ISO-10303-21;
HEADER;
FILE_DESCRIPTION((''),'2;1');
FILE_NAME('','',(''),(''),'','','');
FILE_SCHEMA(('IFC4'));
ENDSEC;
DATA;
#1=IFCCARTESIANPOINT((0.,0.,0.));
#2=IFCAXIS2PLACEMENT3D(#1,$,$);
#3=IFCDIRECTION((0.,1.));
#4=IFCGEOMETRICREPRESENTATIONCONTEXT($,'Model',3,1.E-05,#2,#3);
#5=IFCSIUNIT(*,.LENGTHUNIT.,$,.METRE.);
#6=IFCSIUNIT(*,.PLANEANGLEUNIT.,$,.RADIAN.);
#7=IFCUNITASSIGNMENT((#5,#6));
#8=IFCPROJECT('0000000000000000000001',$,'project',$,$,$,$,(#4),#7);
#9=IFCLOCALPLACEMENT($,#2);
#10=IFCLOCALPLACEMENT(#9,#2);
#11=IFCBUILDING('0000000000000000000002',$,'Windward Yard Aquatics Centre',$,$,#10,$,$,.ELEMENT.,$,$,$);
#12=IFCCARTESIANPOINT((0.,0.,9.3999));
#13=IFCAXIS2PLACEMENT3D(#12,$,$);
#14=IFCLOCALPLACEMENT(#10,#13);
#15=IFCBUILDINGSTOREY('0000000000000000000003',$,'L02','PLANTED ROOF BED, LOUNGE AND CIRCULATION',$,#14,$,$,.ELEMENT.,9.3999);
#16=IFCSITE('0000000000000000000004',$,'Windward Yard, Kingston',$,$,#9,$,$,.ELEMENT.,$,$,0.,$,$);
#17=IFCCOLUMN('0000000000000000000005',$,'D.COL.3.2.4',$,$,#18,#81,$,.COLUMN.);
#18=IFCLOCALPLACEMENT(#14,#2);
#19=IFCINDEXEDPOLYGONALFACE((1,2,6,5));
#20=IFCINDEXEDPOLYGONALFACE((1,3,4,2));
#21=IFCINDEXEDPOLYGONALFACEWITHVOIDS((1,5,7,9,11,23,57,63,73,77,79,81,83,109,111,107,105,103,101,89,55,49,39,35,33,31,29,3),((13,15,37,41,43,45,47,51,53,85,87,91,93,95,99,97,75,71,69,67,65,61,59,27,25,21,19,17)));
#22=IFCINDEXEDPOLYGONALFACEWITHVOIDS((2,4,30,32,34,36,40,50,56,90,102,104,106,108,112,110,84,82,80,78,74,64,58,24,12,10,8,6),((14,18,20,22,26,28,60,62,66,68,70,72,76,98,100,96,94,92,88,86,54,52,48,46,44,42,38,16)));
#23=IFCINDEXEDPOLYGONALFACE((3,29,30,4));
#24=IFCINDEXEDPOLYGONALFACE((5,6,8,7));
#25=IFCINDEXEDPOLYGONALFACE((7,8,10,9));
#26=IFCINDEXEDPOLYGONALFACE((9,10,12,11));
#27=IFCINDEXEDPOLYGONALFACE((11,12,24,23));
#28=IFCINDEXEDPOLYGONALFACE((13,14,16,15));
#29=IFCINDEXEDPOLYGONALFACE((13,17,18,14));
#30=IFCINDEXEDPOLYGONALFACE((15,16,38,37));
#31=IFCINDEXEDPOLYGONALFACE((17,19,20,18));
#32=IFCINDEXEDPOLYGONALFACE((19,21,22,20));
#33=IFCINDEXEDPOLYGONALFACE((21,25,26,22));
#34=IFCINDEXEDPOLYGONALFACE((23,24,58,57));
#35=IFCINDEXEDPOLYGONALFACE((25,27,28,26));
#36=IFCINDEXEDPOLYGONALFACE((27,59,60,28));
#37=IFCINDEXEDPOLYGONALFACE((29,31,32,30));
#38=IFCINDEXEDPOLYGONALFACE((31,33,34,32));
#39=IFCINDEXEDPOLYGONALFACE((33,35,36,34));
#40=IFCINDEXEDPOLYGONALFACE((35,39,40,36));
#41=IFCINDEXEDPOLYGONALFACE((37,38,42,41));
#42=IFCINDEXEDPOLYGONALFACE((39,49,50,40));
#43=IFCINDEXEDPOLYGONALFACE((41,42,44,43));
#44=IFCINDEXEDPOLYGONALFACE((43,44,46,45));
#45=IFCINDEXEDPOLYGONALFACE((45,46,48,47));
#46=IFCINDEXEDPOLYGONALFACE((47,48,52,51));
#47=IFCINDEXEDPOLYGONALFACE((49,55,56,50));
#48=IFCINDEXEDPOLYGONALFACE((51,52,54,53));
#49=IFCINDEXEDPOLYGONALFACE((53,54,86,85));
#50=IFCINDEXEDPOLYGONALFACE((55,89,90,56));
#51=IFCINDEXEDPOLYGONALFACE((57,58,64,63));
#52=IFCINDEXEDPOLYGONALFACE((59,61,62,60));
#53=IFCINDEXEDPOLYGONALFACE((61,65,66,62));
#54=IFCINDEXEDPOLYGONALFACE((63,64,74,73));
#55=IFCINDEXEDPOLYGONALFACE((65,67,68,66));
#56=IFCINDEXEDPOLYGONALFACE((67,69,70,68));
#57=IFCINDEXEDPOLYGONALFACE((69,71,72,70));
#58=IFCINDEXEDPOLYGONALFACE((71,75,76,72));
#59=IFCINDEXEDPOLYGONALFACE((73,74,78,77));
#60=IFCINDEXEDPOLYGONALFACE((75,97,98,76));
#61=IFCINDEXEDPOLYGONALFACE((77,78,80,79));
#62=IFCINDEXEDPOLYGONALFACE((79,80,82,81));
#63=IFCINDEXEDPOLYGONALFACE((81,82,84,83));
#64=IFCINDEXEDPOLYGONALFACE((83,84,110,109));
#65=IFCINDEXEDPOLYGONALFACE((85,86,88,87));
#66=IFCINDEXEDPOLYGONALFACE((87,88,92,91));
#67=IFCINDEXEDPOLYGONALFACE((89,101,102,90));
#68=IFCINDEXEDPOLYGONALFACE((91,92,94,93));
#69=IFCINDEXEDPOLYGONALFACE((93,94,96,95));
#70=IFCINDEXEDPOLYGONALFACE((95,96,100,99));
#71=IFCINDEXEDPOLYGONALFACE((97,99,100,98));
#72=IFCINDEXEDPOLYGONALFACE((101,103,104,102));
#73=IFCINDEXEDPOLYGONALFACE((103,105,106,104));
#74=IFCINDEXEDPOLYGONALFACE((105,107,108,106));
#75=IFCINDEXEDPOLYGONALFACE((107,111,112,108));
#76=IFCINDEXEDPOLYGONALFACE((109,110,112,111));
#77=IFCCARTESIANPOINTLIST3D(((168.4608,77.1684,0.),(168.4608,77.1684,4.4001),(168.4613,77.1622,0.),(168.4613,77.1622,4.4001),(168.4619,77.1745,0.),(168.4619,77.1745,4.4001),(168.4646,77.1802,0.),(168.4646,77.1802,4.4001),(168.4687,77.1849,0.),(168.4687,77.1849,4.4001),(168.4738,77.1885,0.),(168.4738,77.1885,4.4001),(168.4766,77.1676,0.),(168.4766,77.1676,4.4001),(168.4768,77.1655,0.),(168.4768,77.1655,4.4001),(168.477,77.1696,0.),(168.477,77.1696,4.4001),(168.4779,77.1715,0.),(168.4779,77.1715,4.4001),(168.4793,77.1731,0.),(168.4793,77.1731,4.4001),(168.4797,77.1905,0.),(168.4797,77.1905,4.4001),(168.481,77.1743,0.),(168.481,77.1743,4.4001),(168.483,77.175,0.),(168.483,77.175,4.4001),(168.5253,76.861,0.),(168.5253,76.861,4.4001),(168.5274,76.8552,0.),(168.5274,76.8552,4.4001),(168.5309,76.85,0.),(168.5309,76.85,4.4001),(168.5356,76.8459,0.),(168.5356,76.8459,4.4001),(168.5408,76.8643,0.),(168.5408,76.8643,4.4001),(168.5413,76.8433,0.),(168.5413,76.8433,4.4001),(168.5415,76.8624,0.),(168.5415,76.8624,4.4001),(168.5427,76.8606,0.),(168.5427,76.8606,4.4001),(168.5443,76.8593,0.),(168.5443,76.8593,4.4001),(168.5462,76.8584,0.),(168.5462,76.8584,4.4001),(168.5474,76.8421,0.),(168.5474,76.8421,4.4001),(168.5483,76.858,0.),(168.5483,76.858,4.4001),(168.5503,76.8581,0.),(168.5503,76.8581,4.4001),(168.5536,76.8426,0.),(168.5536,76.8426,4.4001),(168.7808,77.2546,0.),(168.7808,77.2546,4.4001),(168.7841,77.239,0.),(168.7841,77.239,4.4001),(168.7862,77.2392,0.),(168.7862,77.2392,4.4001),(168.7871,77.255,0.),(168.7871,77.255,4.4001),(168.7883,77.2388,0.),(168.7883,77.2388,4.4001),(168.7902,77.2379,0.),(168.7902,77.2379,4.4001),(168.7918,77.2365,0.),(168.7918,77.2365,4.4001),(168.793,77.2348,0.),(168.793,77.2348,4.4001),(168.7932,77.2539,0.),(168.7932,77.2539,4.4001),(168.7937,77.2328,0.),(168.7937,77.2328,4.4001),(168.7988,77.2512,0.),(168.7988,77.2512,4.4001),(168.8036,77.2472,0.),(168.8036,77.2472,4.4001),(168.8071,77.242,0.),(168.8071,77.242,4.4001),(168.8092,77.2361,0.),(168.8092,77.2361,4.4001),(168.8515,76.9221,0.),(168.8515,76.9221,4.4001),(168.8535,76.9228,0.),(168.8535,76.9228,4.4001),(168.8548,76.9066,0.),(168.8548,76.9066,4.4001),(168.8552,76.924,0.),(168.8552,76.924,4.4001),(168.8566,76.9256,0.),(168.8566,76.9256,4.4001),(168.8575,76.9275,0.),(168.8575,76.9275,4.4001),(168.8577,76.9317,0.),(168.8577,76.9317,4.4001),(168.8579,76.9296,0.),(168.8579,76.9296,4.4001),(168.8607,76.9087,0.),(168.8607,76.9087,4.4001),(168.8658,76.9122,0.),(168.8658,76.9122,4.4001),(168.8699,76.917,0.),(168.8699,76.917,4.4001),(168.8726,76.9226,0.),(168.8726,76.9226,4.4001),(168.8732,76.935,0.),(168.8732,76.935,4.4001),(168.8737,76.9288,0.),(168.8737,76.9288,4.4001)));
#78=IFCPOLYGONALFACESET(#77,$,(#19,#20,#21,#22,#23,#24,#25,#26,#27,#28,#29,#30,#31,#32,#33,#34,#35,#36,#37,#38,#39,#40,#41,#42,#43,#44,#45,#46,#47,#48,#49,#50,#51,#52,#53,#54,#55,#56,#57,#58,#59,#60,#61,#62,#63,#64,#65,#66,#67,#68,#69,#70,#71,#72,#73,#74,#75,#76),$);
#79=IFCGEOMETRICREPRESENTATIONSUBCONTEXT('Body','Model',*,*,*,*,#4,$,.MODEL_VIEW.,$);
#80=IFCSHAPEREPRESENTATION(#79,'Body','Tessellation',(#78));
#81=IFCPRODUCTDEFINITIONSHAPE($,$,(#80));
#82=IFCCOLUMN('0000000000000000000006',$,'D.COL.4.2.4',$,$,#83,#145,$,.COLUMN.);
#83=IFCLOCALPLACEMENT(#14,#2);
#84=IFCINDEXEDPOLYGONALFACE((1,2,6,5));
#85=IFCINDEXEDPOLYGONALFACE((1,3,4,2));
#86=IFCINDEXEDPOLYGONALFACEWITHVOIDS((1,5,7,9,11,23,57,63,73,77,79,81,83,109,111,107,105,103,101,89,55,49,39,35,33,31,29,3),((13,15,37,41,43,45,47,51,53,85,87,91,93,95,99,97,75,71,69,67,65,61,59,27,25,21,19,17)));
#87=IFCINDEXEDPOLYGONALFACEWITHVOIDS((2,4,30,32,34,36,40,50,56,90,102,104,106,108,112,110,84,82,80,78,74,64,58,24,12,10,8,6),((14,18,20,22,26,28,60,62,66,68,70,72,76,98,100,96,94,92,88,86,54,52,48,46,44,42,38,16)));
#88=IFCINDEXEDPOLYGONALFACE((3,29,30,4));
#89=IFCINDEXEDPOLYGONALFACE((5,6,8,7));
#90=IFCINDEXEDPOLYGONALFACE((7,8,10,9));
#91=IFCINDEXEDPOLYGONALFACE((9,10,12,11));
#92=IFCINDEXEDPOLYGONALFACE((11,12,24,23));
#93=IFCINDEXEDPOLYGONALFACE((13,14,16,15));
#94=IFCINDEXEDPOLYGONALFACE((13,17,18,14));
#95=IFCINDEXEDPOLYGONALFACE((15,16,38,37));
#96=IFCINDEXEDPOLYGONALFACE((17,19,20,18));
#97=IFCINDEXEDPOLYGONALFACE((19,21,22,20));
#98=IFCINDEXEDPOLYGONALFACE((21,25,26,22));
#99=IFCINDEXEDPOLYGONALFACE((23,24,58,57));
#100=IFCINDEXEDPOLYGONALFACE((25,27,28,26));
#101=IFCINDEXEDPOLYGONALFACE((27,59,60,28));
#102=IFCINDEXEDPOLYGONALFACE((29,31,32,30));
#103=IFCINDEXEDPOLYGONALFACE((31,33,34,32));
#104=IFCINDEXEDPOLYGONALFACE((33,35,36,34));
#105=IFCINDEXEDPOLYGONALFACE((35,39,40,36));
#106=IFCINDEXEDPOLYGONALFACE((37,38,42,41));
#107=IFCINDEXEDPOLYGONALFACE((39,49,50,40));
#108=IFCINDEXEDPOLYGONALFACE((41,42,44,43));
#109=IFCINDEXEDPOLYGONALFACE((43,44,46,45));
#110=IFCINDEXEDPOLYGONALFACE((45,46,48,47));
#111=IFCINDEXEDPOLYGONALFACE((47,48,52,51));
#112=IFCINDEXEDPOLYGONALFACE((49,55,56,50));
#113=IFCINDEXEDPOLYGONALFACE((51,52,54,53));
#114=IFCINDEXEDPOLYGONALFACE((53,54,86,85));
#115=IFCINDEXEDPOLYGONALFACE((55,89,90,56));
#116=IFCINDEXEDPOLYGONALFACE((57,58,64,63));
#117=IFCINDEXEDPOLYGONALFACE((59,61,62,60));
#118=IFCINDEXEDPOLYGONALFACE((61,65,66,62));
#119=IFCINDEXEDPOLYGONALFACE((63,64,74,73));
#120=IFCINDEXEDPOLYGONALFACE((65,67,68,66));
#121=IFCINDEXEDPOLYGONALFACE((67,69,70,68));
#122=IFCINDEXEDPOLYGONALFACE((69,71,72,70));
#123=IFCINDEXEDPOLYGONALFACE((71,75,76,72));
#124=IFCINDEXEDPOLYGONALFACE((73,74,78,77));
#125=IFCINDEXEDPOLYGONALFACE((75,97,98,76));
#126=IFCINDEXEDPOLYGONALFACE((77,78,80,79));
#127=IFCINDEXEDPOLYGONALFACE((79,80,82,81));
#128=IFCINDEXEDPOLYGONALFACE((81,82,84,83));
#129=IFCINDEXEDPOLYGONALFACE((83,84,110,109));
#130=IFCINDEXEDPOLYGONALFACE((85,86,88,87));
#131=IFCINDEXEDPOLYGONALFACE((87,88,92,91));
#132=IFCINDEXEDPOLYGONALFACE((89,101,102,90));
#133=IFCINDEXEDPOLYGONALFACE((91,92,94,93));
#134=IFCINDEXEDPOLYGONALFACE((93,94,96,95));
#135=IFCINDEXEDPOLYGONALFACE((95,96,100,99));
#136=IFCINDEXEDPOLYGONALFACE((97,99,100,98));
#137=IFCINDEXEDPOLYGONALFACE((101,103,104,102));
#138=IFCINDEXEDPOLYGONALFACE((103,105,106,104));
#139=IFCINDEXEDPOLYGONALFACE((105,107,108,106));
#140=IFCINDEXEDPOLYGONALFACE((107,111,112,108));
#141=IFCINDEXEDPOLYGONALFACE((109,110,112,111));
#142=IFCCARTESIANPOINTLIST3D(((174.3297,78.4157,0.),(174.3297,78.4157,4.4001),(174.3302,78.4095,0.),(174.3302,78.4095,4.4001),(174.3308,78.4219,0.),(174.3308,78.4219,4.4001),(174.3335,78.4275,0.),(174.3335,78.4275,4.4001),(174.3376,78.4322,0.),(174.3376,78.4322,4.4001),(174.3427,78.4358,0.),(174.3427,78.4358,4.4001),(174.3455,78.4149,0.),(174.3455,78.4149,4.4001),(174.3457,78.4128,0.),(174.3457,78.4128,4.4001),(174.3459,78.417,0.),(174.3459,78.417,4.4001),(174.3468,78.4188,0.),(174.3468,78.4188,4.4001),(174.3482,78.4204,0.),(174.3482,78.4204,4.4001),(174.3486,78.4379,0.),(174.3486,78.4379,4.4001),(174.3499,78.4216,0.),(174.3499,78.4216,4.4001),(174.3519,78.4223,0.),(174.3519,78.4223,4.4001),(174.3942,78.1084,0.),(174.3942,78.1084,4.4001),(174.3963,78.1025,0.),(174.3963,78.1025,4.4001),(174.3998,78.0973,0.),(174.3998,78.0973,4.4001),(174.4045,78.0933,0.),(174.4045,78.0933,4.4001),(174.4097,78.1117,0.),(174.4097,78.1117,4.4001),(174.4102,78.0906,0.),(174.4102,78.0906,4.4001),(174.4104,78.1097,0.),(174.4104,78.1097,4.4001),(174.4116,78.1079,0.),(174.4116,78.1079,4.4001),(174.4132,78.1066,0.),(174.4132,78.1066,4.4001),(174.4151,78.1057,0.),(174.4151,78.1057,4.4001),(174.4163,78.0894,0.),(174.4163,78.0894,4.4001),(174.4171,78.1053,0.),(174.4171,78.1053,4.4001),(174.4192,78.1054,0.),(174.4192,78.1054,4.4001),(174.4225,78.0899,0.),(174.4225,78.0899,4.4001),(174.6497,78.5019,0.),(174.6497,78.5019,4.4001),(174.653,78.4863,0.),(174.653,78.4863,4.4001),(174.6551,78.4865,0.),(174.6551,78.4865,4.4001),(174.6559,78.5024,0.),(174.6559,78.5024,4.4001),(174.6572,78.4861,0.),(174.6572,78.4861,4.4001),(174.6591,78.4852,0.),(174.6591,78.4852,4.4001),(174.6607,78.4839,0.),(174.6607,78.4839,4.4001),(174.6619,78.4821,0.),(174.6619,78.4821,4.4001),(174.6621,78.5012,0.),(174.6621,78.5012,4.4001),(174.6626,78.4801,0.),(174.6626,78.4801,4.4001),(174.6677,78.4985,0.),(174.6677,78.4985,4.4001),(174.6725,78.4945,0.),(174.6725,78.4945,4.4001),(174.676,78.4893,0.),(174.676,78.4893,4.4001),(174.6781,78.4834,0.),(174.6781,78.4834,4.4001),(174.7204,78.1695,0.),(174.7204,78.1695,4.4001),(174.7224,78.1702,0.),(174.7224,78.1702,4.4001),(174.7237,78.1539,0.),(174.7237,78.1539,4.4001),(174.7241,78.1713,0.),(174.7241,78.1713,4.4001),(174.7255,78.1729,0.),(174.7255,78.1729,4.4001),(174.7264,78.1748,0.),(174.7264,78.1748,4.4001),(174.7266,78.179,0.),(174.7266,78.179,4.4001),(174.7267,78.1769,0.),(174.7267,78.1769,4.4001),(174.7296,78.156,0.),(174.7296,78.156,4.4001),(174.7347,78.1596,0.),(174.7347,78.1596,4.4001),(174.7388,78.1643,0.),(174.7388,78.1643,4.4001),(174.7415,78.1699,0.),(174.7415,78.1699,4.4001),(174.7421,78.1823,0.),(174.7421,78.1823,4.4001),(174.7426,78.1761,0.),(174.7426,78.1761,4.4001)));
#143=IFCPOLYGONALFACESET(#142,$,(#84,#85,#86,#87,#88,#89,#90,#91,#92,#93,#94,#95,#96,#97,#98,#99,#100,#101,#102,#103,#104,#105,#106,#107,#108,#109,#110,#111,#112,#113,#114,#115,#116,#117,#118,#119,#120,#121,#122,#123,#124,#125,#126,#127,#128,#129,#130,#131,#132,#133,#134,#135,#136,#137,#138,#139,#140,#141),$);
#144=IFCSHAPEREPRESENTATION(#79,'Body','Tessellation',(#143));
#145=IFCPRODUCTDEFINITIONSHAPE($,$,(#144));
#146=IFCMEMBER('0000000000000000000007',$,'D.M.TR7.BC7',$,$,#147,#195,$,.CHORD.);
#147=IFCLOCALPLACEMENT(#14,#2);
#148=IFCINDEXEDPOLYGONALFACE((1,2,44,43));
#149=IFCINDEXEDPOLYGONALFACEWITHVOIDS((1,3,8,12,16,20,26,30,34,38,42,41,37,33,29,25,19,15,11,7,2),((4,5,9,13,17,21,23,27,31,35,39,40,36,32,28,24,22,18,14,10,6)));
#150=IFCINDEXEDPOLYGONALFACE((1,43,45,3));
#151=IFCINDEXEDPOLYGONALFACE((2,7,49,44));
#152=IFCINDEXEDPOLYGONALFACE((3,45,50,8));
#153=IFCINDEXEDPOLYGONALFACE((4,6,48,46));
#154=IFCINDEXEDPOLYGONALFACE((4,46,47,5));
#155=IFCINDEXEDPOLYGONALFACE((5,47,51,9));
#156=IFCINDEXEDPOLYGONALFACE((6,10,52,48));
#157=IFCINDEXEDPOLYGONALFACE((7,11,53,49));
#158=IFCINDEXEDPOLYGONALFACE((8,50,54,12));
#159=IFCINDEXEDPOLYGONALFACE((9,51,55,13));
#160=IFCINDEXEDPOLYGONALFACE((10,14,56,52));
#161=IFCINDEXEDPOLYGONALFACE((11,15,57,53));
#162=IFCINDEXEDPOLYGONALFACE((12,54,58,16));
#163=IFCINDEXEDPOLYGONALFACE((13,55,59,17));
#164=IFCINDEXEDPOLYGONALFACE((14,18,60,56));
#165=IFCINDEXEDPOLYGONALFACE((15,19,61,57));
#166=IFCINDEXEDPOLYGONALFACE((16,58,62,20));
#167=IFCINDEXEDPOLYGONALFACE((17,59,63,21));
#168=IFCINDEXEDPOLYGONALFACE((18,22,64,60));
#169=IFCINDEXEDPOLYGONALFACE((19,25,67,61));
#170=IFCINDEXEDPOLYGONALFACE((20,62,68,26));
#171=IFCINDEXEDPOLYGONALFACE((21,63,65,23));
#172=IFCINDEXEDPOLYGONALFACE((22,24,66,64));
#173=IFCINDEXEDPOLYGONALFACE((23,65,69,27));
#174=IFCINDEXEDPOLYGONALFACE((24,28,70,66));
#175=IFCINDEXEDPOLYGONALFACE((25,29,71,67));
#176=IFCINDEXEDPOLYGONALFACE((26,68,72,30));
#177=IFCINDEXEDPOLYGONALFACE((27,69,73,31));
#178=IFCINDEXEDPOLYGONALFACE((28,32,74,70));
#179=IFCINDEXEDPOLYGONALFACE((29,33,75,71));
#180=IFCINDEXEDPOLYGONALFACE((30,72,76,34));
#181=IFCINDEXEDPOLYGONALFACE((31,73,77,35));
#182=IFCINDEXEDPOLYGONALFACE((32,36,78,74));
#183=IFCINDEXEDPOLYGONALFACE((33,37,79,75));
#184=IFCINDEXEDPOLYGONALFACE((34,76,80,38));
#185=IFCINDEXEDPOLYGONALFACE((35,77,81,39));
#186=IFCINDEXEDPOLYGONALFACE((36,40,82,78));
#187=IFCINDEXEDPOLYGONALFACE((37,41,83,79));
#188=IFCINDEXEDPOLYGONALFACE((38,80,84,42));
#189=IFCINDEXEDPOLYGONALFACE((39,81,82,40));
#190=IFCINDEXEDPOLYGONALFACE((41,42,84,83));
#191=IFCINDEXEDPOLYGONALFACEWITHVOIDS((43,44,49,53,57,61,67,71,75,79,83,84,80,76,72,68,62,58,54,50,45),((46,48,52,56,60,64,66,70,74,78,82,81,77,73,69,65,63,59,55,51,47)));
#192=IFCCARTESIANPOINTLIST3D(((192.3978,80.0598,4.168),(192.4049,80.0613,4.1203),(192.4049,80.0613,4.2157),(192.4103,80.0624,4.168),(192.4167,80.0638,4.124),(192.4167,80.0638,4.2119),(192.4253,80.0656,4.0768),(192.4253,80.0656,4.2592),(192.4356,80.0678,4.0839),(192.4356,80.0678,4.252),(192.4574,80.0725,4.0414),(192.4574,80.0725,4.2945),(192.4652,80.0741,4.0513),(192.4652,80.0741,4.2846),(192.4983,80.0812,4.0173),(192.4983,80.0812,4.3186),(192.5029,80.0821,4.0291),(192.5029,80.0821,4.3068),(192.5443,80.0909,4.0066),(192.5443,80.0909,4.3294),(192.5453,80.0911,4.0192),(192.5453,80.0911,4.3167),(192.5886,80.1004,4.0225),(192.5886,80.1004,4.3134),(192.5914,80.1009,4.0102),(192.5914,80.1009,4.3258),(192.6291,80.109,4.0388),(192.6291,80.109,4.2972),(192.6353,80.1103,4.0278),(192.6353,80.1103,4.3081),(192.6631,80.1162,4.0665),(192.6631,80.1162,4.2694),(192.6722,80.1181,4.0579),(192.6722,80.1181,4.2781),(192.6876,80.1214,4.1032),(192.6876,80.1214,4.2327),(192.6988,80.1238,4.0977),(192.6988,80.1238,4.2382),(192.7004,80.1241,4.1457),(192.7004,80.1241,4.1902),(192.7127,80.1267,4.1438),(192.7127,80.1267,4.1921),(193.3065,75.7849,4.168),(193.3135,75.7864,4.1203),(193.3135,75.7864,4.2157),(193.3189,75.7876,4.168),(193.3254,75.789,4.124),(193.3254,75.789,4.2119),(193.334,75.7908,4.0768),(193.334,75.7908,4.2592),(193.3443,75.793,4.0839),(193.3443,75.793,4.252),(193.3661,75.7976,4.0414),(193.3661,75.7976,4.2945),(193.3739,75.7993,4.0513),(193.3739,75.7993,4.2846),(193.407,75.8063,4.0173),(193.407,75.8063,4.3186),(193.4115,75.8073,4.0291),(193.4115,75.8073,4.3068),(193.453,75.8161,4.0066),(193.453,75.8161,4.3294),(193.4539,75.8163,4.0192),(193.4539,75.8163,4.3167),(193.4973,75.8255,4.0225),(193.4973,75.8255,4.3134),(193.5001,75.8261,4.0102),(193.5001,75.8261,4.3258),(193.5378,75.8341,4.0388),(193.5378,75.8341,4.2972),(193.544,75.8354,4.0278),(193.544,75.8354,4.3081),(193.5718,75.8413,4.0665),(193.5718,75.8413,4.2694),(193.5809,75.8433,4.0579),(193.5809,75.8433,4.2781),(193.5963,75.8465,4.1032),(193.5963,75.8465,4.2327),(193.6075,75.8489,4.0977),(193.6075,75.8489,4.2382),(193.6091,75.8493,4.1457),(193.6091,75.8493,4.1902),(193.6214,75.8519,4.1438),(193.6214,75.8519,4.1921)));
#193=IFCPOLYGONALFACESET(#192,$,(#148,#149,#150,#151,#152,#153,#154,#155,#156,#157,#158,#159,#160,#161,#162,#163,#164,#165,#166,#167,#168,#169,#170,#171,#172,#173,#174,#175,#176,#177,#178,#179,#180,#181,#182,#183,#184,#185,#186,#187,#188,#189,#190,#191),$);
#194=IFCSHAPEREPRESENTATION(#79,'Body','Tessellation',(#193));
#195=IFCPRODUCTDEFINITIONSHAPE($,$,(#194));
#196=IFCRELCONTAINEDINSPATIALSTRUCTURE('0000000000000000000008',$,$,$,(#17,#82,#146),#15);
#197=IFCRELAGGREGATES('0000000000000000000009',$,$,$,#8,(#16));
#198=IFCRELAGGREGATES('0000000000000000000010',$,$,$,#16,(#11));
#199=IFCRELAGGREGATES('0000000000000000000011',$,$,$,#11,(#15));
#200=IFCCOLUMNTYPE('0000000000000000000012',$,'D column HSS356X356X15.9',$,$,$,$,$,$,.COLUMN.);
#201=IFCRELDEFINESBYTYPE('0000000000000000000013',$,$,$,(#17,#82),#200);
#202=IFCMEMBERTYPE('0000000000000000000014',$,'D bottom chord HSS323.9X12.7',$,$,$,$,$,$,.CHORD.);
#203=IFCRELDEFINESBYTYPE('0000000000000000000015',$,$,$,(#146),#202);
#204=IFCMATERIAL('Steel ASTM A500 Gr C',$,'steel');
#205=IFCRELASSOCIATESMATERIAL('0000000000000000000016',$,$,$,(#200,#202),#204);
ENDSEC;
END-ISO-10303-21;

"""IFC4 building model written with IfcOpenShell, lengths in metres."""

from ifc_helpers import new_model, si_unit, direction, frame, origin, origin_2d, place, context, subcontext, project, spatial, hollow_rectangle, hollow_circle, extrude, material, material_profile, profile_set, type_object, element, save


model = new_model("IFC4")

# Units and contexts
model_context = context("Model", 3, precision=1e-05, world=origin(), true_north=direction((0.0, 1.0)))
body_context = subcontext(model_context, "Body", "Model", "MODEL_VIEW")
ifc_project = project(units=[si_unit("LENGTHUNIT", "METRE"), si_unit("PLANEANGLEUNIT", "RADIAN")], contexts=[model_context])

# Site, building, storey
site_placement = place(None, origin())
site = spatial("IfcSite", under=ifc_project, at=site_placement, Name="Windward Yard, Kingston", CompositionType="ELEMENT", RefElevation=0.0)
building_placement = place(site_placement, origin())
building = spatial("IfcBuilding", under=site, at=building_placement, Name="Windward Yard Aquatics Centre", CompositionType="ELEMENT")
storey_placement = place(building_placement, frame((0.0, 0.0, 9.3999)))
storey = spatial("IfcBuildingStorey", under=building, at=storey_placement, Name="L02", Description="PLANTED ROOF BED, LOUNGE AND CIRCULATION", CompositionType="ELEMENT", Elevation=9.3999)

# Columns
ifc_material_1 = material(Name="Steel ASTM A500 Gr C", Category="steel")
ifc_material_profile_1 = material_profile(ifc_material_1, hollow_rectangle(XDim=0.3557, YDim=0.3557, WallThickness=0.0159, InnerFilletRadius=0.0081, OuterFilletRadius=0.0239, at=origin_2d()), Name="HSS356X356X15.9")
ifc_profile_set_1 = profile_set([ifc_material_profile_1], Name="Steel ASTM A500 Gr C")
column_type = type_object("IfcColumnType", Name="D column HSS356X356X15.9", PredefinedType="COLUMN", material=ifc_profile_set_1)
for number, where, z_axis, x_axis, name in (
    (1, (168.6672, 77.0486, 0.0), (0.0, 0.0, 1.0), (0.978148, 0.207912, 0.0), "D.COL.3.2.4"),
    (2, (174.5361, 78.2959, 0.0), (0.0, 0.0, 1.0), (0.978148, 0.207912, 0.0), "D.COL.4.2.4"),
):
    element("IfcColumn", number, at=place(storey_placement, frame(where, z_axis=z_axis, x_axis=x_axis)), inside=storey, type_object=column_type, Name=name, PredefinedType="COLUMN", context=body_context, shape_type="SweptSolid", body=[
        extrude(hollow_rectangle(XDim=0.3557, YDim=0.3557, WallThickness=0.0159, InnerFilletRadius=0.0081, OuterFilletRadius=0.0239, at=origin_2d()), origin(), (0.0, 0.0, 1.0), 4.4001),
    ])

# Member
ifc_material_profile_2 = material_profile(ifc_material_1, hollow_circle(Radius=0.1619, WallThickness=0.0127, at=origin_2d()), Name="HSS323.9X12.7")
ifc_profile_set_2 = profile_set([ifc_material_profile_2], Name="Steel ASTM A500 Gr C")
member_type_1 = type_object("IfcMemberType", Name="D bottom chord HSS323.9X12.7", PredefinedType="CHORD", material=ifc_profile_set_2)
member_1_placement = place(storey_placement, frame((193.4648, 75.8186, 4.168), z_axis=(-0.207919, 0.978146, 0.0), x_axis=(-0.978146, -0.207919, 0.0)))
element("IfcMember", 3, at=member_1_placement, inside=storey, type_object=member_type_1, Name="D.M.TR7.BC7", PredefinedType="CHORD", context=body_context, shape_type="SweptSolid", body=[
    extrude(hollow_circle(Radius=0.1619, WallThickness=0.0127, at=origin_2d()), origin(), (0.0, 0.0, 1.0), 4.3704),
])

save(model, "model.ifc")
